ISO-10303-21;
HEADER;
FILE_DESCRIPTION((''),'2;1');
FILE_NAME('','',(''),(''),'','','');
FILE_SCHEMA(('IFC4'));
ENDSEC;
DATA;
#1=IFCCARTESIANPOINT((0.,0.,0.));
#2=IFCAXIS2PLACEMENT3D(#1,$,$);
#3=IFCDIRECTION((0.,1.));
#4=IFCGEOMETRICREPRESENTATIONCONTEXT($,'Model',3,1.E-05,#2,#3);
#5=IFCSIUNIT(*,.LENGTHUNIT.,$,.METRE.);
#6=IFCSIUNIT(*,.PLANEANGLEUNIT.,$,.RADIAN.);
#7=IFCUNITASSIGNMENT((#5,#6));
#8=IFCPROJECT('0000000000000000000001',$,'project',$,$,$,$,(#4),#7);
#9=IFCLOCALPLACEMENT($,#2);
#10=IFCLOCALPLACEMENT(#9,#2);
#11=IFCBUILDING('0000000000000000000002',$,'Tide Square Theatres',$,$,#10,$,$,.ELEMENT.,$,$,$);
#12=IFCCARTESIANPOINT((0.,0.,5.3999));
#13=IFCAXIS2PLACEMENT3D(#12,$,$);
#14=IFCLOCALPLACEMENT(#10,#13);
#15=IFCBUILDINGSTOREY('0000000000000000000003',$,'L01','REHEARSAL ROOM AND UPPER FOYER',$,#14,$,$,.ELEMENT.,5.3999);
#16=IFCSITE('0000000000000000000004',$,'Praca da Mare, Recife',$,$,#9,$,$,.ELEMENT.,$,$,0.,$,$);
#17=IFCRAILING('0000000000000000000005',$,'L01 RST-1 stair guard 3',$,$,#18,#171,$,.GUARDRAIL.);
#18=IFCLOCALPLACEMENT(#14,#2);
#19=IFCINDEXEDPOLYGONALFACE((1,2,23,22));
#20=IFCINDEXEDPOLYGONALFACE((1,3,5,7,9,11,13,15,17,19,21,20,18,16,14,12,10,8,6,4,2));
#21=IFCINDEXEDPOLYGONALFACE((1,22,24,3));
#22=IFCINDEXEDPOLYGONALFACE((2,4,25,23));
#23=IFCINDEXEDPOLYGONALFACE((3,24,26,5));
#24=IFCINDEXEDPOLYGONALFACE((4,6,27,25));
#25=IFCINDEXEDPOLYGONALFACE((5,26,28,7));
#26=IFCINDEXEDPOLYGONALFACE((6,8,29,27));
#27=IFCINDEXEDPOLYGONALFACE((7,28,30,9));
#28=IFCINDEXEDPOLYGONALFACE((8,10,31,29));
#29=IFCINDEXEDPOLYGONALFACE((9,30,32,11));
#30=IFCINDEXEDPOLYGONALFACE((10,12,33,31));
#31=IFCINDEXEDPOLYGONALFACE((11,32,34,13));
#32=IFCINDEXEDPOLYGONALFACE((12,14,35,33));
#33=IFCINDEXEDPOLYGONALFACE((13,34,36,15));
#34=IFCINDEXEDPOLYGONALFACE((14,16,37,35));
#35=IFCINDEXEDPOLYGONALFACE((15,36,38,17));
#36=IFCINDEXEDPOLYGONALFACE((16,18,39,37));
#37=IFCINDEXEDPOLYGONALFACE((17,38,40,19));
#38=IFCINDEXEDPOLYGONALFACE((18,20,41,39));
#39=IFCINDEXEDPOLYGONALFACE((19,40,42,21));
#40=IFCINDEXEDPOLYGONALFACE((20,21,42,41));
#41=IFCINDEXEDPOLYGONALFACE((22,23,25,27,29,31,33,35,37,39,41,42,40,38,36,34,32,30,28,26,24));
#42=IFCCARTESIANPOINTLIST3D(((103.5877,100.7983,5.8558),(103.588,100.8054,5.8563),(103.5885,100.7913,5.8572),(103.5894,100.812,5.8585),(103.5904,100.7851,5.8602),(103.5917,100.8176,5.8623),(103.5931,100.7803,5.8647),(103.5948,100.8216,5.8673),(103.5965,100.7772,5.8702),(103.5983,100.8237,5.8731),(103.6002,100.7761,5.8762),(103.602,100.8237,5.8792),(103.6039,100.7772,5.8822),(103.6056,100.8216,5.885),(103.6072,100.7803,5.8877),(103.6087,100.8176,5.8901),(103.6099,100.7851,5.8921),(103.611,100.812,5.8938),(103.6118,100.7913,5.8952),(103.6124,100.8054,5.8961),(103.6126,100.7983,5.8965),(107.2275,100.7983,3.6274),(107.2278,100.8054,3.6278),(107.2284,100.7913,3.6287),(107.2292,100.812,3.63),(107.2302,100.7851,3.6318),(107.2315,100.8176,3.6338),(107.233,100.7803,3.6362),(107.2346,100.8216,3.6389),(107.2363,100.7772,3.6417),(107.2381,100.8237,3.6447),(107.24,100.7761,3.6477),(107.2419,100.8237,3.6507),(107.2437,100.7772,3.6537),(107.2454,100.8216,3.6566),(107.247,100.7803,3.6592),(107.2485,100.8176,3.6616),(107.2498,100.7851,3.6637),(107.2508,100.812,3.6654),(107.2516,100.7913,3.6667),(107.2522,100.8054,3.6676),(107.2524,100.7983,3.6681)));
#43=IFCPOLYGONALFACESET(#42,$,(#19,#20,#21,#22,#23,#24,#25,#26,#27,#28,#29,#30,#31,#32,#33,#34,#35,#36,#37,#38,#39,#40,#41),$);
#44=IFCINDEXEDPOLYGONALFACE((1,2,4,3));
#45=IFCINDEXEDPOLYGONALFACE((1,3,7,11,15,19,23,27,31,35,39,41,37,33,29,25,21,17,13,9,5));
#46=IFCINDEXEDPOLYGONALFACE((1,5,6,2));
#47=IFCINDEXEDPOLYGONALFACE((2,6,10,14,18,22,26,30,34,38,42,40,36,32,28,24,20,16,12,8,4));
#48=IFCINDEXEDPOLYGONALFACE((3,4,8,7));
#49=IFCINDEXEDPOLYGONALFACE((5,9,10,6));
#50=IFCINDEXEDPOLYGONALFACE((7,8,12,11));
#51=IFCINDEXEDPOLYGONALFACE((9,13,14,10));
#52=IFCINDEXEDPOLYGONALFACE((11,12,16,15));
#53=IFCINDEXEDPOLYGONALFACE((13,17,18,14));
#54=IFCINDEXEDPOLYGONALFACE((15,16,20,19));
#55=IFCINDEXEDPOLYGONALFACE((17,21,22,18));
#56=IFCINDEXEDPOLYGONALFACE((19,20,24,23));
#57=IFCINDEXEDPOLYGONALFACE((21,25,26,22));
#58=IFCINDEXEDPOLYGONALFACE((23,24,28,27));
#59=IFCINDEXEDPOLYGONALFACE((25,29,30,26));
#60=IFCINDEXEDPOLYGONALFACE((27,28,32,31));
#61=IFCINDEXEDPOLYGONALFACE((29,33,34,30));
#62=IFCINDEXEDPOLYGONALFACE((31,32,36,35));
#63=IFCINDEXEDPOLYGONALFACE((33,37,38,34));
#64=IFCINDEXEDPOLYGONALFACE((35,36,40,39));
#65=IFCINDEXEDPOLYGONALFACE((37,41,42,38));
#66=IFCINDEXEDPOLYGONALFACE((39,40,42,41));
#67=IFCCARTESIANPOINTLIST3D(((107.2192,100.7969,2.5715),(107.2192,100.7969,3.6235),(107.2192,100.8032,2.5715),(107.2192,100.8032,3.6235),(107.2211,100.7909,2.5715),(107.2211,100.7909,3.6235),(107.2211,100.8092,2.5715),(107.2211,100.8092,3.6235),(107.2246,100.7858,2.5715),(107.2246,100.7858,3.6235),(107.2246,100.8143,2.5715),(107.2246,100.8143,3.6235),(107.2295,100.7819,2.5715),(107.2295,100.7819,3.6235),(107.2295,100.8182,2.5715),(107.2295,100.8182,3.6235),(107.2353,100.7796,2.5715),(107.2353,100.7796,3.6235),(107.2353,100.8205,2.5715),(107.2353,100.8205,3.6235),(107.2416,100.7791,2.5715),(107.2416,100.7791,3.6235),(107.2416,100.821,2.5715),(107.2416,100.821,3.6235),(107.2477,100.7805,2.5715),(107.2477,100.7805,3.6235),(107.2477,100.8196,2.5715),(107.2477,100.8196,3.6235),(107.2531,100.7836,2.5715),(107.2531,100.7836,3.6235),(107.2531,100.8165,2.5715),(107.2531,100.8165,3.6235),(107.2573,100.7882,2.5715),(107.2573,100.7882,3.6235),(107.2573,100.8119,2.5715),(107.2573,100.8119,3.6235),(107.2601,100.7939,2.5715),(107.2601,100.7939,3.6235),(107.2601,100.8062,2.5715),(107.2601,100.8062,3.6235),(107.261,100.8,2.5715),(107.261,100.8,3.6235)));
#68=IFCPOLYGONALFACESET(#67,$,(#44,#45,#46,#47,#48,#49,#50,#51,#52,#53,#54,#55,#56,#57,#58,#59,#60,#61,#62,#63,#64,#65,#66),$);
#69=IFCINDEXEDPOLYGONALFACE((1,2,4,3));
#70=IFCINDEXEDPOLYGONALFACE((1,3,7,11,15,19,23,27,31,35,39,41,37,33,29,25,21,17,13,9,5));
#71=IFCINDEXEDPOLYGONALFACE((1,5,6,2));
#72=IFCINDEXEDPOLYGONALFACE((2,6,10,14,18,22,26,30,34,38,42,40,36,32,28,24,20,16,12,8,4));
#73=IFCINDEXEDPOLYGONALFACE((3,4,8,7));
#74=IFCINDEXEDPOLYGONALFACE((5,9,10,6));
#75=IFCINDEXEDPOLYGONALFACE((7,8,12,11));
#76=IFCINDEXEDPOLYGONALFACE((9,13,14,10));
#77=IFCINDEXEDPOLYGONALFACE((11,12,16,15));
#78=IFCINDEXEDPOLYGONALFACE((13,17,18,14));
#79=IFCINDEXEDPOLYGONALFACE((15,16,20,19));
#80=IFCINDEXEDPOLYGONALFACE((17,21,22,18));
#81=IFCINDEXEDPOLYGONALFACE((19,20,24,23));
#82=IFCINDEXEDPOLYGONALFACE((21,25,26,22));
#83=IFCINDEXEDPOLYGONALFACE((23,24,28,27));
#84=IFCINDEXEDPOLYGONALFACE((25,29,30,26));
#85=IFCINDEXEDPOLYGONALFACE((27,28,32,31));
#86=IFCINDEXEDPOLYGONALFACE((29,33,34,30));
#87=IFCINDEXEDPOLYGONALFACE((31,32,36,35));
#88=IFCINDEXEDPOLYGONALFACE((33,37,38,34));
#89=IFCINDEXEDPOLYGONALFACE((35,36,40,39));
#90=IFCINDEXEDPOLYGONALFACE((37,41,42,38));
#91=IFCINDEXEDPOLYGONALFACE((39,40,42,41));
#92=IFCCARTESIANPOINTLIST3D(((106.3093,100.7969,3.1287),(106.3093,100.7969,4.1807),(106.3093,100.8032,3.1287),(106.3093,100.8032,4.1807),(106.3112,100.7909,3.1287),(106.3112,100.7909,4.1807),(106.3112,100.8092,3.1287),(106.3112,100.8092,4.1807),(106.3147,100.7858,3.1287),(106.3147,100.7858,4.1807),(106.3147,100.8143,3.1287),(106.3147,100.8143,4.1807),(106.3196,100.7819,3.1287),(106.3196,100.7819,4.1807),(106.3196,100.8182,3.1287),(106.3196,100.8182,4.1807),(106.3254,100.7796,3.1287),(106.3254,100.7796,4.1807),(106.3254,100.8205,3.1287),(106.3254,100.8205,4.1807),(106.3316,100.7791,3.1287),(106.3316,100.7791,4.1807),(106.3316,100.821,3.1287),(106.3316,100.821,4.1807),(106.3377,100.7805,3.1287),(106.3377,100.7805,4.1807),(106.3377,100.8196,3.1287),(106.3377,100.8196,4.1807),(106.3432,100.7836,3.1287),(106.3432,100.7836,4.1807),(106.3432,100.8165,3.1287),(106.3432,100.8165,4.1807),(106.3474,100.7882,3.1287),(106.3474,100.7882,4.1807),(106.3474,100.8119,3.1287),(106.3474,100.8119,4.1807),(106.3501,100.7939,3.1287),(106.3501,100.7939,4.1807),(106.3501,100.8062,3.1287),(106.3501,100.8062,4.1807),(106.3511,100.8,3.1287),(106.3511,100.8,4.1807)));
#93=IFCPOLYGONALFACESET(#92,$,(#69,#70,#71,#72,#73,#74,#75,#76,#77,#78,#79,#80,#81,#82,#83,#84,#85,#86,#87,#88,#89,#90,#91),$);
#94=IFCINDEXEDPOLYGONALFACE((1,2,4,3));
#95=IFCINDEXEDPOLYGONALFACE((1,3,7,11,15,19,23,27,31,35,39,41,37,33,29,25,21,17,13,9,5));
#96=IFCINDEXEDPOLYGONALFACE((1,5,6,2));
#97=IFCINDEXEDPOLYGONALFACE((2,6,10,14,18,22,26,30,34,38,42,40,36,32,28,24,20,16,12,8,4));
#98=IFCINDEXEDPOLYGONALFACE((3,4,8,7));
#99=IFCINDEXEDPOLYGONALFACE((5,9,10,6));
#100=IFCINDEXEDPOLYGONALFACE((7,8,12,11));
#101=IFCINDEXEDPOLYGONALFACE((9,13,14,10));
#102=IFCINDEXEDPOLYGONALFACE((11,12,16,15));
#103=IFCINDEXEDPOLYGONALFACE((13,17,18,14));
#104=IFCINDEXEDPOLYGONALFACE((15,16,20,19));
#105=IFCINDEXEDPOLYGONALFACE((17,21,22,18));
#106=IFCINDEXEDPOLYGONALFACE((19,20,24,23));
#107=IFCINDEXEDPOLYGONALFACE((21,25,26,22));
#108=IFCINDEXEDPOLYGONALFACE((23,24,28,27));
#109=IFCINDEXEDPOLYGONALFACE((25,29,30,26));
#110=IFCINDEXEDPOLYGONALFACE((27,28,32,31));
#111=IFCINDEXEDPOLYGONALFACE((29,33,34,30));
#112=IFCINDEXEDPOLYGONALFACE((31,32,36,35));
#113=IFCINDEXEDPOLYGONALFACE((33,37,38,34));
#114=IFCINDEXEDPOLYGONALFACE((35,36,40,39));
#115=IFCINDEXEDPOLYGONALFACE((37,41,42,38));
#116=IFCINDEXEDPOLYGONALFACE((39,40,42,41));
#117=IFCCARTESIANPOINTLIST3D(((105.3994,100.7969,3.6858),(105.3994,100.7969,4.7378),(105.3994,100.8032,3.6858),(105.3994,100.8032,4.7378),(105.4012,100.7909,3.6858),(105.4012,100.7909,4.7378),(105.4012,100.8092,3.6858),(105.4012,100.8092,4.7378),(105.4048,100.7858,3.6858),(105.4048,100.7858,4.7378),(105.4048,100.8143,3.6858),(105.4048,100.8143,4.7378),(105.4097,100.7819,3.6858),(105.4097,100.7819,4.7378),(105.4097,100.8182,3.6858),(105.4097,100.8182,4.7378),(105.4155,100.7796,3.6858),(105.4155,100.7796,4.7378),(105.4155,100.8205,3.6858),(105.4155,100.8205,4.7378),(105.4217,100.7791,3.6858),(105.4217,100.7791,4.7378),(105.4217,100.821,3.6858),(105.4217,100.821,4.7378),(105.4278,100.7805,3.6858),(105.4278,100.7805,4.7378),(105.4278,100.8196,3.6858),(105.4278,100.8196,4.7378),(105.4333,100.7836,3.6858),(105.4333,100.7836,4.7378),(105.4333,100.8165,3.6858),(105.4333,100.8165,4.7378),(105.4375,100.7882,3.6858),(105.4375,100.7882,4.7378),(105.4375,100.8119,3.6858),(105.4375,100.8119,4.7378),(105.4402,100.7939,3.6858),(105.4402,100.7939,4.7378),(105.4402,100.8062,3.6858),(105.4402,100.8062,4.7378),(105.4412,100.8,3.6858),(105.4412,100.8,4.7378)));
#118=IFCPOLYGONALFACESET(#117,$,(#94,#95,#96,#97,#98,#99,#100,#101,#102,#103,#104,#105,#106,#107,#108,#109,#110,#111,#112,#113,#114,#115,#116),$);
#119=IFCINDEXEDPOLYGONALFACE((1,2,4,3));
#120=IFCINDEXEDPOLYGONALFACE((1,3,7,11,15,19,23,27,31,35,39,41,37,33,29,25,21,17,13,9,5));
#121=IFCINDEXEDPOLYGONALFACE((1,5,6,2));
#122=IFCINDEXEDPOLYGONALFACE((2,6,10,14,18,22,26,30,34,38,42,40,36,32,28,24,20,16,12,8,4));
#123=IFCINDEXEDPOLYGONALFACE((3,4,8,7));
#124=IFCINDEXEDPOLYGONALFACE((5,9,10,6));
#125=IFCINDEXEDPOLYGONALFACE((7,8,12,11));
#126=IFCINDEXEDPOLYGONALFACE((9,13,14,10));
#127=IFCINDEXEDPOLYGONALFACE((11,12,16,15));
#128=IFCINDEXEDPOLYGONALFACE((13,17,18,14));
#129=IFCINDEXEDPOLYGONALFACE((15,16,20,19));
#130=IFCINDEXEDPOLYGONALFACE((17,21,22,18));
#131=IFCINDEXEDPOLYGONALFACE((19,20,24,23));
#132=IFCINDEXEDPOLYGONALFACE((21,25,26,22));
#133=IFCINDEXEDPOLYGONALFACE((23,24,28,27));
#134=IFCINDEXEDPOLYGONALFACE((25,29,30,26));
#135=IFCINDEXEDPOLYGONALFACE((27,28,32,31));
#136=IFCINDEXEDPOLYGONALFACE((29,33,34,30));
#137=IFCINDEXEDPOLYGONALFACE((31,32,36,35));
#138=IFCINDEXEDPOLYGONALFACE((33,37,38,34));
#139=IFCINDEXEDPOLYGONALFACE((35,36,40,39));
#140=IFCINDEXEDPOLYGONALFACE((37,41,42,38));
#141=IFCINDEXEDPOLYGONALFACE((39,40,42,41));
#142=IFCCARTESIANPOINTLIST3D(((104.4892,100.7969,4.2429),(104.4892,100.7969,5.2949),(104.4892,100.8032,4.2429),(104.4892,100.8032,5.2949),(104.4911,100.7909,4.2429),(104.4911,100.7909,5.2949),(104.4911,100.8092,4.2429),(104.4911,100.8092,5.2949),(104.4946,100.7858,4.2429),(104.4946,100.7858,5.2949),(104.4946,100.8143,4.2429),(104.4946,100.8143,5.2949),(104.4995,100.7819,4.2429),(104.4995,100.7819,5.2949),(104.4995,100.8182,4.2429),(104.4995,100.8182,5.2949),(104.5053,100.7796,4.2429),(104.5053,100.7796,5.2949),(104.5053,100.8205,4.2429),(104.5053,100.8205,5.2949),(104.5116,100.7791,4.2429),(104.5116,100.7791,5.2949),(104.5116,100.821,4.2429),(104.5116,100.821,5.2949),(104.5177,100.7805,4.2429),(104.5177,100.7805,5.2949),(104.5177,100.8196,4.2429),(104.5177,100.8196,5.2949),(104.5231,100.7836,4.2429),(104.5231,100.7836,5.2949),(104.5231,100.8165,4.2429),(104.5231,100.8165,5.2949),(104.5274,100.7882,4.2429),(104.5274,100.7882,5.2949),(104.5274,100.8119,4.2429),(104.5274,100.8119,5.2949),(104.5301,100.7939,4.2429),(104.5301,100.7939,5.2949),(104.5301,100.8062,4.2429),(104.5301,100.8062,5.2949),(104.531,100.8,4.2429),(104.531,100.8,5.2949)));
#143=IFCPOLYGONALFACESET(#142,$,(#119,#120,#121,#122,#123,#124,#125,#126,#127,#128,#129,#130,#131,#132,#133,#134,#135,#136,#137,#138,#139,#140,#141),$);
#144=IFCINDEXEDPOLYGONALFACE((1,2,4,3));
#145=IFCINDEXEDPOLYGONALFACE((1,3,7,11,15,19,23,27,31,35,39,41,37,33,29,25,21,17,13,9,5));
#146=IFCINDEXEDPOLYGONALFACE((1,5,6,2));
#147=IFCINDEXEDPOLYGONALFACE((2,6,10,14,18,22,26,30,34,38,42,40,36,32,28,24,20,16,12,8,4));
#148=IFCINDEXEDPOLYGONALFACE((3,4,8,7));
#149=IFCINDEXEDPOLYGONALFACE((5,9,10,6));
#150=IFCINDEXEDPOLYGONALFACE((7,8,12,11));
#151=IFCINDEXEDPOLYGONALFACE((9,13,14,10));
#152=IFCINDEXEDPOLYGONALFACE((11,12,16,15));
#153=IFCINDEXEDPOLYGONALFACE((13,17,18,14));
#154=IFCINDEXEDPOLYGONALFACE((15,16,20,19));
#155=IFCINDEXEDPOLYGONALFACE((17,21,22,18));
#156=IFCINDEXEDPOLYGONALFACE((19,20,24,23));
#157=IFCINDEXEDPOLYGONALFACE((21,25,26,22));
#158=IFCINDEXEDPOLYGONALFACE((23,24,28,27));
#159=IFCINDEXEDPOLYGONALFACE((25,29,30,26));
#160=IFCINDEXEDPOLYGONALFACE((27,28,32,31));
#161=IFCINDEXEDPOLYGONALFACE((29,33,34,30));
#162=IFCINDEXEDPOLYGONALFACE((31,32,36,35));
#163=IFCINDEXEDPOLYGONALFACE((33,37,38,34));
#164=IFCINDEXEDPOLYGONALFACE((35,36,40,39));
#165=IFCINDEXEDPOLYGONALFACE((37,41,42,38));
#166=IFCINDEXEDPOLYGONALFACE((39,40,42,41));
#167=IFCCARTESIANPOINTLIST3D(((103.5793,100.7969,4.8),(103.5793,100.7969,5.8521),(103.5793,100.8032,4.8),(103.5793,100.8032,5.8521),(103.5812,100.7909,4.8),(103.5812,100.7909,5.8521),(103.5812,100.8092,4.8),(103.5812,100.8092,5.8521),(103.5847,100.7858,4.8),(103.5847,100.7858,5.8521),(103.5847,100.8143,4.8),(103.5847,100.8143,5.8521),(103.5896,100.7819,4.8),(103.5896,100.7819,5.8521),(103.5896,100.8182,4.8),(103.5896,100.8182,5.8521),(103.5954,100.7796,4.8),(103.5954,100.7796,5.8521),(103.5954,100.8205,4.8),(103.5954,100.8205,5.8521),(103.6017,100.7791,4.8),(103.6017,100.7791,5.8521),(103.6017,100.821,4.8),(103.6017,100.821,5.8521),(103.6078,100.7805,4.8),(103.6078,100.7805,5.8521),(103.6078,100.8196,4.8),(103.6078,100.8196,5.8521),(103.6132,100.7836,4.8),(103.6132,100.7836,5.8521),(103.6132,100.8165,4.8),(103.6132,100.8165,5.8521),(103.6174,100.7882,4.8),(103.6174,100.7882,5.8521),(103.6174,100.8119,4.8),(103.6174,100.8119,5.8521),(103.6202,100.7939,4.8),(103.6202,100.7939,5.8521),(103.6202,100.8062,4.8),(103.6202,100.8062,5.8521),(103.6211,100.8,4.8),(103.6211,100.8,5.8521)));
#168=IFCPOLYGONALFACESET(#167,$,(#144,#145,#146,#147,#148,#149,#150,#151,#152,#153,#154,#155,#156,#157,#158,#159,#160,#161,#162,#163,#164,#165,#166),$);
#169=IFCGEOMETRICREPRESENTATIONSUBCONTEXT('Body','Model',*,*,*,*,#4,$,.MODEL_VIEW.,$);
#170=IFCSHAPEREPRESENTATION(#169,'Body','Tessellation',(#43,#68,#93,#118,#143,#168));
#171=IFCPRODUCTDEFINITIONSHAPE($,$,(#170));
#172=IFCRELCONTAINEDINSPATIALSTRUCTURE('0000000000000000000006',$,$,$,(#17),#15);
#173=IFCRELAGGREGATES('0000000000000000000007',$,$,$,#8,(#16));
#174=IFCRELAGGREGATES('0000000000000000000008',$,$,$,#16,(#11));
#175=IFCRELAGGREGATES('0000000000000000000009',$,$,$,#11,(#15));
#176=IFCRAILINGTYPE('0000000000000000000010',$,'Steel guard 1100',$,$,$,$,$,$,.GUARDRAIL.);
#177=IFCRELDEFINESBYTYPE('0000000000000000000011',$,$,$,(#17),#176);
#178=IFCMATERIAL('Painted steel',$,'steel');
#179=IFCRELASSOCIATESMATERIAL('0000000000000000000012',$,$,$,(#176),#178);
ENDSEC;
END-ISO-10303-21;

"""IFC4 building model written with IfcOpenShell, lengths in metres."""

from ifc_helpers import new_model, si_unit, direction, frame, origin, origin_2d, place, context, subcontext, project, spatial, circle, extrude, material, type_object, element, save


model = new_model("IFC4")

# Units and contexts
model_context = context("Model", 3, precision=1e-05, world=origin(), true_north=direction((0.0, 1.0)))
body_context = subcontext(model_context, "Body", "Model", "MODEL_VIEW")
ifc_project = project(units=[si_unit("LENGTHUNIT", "METRE"), si_unit("PLANEANGLEUNIT", "RADIAN")], contexts=[model_context])

# Site, building, storey
site_placement = place(None, origin())
site = spatial("IfcSite", under=ifc_project, at=site_placement, Name="Praca da Mare, Recife", CompositionType="ELEMENT", RefElevation=0.0)
building_placement = place(site_placement, origin())
building = spatial("IfcBuilding", under=site, at=building_placement, Name="Tide Square Theatres", CompositionType="ELEMENT")
storey_placement = place(building_placement, frame((0.0, 0.0, 5.3999)))
storey = spatial("IfcBuildingStorey", under=building, at=storey_placement, Name="L01", Description="REHEARSAL ROOM AND UPPER FOYER", CompositionType="ELEMENT", Elevation=5.3999)

# Railing
ifc_material_1 = material(Name="Painted steel", Category="steel")
railing_type_1 = type_object("IfcRailingType", Name="Steel guard 1100", PredefinedType="GUARDRAIL", material=ifc_material_1)
railing_1_placement = place(storey_placement, frame((107.24, 100.8, 2.5715)))
element("IfcRailing", 1, at=railing_1_placement, inside=storey, type_object=railing_type_1, Name="L01 RST-1 stair guard 3", PredefinedType="GUARDRAIL", context=body_context, shape_type="SweptSolid", body=[
    extrude(circle(Radius=0.0239, at=origin_2d()), frame((0.0, 0.0, 1.0762), z_axis=(-0.85285, 0.0, 0.522156), x_axis=(0.0, -1.0, 0.0)), (0.0, 0.0, 1.0), 4.2678),
    extrude(circle(Radius=0.021, at=origin_2d()), origin(), (0.0, 0.0, 1.0), 1.052),
    extrude(circle(Radius=0.021, at=origin_2d()), frame((-0.9099, 0.0, 0.5571)), (0.0, 0.0, 1.0), 1.052),
    extrude(circle(Radius=0.021, at=origin_2d()), frame((-1.8198, 0.0, 1.1143)), (0.0, 0.0, 1.0), 1.052),
    extrude(circle(Radius=0.021, at=origin_2d()), frame((-2.73, 0.0, 1.6714)), (0.0, 0.0, 1.0), 1.052),
    extrude(circle(Radius=0.021, at=origin_2d()), frame((-3.6399, 0.0, 2.2285)), (0.0, 0.0, 1.0), 1.052),
])

save(model, "model.ifc")
